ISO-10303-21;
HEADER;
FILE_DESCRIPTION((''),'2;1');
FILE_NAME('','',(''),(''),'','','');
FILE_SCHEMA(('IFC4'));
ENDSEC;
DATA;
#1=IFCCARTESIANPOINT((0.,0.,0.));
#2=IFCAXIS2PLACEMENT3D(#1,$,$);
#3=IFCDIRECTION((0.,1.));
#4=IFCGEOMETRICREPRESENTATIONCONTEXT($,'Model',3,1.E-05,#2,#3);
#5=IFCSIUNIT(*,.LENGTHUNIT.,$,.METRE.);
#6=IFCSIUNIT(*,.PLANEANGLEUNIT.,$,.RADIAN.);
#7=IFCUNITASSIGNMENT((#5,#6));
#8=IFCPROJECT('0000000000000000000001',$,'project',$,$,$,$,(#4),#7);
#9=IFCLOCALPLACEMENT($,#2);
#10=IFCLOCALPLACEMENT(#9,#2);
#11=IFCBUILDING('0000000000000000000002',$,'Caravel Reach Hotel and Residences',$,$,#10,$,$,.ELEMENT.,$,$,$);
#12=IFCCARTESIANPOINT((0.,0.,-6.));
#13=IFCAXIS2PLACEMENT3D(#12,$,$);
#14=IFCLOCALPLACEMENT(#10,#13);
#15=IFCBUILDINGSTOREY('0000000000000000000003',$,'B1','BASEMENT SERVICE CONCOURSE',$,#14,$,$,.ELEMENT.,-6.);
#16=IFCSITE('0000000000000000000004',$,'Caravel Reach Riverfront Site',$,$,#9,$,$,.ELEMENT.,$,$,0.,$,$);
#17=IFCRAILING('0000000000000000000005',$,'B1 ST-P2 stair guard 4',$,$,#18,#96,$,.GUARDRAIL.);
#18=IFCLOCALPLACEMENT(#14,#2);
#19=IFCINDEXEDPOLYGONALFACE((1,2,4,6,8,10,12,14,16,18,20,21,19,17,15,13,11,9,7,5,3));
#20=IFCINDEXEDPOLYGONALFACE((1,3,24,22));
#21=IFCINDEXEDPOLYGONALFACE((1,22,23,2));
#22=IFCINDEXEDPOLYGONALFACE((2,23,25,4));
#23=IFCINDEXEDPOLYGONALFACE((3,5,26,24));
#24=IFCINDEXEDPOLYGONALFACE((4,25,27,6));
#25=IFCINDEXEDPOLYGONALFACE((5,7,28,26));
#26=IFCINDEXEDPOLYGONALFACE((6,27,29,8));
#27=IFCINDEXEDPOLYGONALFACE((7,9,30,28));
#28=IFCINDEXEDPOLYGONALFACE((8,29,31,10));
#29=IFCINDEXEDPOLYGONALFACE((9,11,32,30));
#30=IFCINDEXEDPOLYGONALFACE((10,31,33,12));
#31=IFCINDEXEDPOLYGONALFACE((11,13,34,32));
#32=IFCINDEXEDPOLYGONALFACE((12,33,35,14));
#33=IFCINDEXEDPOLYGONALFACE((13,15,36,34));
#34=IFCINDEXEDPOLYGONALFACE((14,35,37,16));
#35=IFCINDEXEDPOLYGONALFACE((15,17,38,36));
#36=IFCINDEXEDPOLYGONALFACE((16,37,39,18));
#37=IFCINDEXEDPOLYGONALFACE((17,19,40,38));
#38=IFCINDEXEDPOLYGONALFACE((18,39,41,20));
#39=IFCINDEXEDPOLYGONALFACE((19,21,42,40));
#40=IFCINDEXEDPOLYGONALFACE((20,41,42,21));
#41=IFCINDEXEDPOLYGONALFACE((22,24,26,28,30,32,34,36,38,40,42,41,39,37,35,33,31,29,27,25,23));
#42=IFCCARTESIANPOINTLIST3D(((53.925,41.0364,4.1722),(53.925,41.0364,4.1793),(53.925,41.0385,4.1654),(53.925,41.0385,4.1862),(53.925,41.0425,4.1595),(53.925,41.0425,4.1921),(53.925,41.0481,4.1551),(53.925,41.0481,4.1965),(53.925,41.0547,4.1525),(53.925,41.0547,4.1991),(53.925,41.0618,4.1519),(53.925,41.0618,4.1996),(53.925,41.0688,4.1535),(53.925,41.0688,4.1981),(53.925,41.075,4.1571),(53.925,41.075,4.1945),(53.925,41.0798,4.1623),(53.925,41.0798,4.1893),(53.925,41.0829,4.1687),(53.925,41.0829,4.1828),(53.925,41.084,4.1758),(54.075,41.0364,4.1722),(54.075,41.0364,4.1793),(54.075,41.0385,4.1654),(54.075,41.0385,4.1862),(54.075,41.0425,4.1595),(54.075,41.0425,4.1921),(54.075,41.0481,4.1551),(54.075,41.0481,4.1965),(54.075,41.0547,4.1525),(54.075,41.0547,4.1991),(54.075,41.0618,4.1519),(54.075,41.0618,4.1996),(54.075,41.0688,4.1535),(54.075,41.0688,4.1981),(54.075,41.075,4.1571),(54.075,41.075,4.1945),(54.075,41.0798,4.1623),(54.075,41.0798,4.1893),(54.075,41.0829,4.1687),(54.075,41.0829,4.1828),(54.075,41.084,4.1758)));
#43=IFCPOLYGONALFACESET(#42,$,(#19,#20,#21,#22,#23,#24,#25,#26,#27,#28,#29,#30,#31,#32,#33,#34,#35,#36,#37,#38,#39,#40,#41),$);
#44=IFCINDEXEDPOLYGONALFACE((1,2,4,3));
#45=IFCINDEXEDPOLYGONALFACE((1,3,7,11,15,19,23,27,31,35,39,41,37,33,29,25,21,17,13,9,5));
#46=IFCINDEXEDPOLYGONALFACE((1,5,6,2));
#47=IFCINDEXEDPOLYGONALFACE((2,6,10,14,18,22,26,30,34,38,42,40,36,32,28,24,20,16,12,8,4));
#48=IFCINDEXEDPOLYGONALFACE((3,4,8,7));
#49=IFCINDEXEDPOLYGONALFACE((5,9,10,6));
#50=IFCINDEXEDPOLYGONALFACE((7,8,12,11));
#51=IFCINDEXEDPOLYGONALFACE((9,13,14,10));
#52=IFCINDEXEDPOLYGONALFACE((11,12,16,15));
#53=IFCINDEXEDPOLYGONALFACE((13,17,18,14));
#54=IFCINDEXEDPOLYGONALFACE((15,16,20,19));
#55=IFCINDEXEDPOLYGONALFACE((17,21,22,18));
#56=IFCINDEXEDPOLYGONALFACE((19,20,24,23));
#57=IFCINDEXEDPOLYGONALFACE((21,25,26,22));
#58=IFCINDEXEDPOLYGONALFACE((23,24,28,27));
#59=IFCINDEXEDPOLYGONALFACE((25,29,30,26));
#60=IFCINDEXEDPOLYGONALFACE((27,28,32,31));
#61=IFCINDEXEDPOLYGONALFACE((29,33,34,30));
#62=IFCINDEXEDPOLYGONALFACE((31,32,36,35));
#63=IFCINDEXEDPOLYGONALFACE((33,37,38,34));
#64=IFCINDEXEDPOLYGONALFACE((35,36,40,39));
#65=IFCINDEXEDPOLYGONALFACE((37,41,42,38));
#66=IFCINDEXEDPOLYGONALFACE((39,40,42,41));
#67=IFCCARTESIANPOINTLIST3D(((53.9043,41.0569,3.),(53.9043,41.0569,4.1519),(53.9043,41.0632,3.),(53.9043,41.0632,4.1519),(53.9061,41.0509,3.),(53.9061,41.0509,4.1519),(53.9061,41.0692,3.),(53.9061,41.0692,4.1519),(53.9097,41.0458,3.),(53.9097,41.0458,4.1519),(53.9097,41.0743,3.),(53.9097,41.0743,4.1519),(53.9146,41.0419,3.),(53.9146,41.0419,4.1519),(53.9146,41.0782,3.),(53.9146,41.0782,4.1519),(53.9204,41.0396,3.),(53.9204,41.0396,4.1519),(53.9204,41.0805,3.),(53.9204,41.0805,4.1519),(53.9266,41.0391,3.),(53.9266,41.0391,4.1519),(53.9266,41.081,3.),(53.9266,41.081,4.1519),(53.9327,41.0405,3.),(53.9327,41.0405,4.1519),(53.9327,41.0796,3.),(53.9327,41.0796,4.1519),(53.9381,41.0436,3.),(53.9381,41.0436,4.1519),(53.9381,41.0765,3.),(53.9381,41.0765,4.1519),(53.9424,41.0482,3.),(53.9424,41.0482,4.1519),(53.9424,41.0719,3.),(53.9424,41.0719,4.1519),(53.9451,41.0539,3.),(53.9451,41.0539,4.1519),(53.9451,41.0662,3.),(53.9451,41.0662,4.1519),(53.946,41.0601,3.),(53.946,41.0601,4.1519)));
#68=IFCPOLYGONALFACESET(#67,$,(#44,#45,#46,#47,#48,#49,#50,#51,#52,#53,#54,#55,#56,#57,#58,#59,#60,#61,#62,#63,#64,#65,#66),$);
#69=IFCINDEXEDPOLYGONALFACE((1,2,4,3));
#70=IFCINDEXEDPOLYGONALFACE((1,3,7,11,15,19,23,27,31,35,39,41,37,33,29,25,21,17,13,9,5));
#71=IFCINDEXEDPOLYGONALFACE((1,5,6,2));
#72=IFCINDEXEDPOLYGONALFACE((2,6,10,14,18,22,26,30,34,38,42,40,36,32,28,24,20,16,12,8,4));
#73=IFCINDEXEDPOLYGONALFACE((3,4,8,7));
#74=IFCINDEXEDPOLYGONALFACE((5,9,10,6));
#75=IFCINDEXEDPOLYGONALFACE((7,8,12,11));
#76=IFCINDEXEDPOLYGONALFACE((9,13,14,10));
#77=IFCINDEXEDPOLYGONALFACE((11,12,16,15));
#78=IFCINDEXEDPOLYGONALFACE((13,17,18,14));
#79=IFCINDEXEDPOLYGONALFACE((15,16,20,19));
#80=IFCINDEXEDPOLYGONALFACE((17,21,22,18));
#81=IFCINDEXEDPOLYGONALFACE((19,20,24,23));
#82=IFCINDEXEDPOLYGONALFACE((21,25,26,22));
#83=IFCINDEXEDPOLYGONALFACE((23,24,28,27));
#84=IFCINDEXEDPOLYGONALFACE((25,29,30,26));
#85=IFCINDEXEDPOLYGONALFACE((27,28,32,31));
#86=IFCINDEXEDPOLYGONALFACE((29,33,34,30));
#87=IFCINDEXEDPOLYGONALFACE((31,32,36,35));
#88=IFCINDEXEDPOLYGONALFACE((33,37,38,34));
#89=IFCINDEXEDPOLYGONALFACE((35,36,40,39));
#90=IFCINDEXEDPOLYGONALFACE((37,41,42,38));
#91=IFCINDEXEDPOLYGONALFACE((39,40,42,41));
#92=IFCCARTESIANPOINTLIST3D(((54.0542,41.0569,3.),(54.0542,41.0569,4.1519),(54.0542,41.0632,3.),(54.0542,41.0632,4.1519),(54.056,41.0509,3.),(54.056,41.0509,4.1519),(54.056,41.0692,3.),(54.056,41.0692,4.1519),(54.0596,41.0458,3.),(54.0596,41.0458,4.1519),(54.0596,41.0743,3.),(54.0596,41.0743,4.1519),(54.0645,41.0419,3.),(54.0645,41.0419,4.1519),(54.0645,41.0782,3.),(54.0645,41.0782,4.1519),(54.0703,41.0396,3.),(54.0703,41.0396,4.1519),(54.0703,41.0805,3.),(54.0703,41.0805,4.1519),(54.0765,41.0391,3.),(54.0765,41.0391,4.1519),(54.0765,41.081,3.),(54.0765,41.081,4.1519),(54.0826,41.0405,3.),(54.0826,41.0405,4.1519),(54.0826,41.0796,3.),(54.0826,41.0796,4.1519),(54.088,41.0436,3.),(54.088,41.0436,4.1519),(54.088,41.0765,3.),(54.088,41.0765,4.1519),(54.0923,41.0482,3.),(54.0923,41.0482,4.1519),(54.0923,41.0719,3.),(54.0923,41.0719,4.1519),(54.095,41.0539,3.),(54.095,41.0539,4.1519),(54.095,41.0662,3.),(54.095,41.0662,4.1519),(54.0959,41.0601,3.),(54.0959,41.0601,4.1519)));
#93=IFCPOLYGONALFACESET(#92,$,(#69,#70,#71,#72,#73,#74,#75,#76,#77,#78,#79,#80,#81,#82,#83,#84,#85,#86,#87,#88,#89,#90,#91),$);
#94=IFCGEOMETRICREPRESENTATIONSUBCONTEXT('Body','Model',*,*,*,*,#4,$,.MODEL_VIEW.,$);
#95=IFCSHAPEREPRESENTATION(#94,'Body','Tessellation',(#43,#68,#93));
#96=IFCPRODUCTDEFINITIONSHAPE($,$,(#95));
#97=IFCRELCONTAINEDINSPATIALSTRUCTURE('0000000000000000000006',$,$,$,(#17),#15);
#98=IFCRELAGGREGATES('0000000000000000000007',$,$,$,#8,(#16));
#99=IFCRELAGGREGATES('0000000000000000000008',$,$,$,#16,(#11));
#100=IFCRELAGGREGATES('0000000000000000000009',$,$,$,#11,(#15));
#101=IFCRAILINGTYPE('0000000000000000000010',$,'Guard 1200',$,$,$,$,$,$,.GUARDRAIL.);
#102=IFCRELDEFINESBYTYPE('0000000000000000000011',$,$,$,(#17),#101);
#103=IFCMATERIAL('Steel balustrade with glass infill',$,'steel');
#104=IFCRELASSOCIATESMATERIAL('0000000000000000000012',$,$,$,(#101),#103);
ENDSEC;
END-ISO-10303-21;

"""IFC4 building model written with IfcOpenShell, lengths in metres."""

from ifc_helpers import new_model, si_unit, direction, frame, origin, origin_2d, place, context, subcontext, project, spatial, circle, extrude, material, type_object, element, save


model = new_model("IFC4")

# Units and contexts
model_context = context("Model", 3, precision=1e-05, world=origin(), true_north=direction((0.0, 1.0)))
body_context = subcontext(model_context, "Body", "Model", "MODEL_VIEW")
ifc_project = project(units=[si_unit("LENGTHUNIT", "METRE"), si_unit("PLANEANGLEUNIT", "RADIAN")], contexts=[model_context])

# Site, building, storey
site_placement = place(None, origin())
site = spatial("IfcSite", under=ifc_project, at=site_placement, Name="Caravel Reach Riverfront Site", CompositionType="ELEMENT", RefElevation=0.0)
building_placement = place(site_placement, origin())
building = spatial("IfcBuilding", under=site, at=building_placement, Name="Caravel Reach Hotel and Residences", CompositionType="ELEMENT")
storey_placement = place(building_placement, frame((0.0, 0.0, -6.0)))
storey = spatial("IfcBuildingStorey", under=building, at=storey_placement, Name="B1", Description="BASEMENT SERVICE CONCOURSE", CompositionType="ELEMENT", Elevation=-6.0)

# Railing
ifc_material_1 = material(Name="Steel balustrade with glass infill", Category="steel")
railing_type_1 = type_object("IfcRailingType", Name="Guard 1200", PredefinedType="GUARDRAIL", material=ifc_material_1)
railing_1_placement = place(storey_placement, frame((53.925, 41.0601, 3.0)))
element("IfcRailing", 1, at=railing_1_placement, inside=storey, type_object=railing_type_1, Name="B1 ST-P2 stair guard 4", PredefinedType="GUARDRAIL", context=body_context, shape_type="SweptSolid", body=[
    extrude(circle(Radius=0.0239, at=origin_2d()), frame((0.0, 0.0, 1.1758), z_axis=(1.0, 0.0, 0.0), x_axis=(0.0, 1.0, 0.0)), (0.0, 0.0, 1.0), 0.1499),
    extrude(circle(Radius=0.021, at=origin_2d()), origin(), (0.0, 0.0, 1.0), 1.1519),
    extrude(circle(Radius=0.021, at=origin_2d()), frame((0.1499, 0.0, 0.0)), (0.0, 0.0, 1.0), 1.1519),
])

save(model, "model.ifc")
